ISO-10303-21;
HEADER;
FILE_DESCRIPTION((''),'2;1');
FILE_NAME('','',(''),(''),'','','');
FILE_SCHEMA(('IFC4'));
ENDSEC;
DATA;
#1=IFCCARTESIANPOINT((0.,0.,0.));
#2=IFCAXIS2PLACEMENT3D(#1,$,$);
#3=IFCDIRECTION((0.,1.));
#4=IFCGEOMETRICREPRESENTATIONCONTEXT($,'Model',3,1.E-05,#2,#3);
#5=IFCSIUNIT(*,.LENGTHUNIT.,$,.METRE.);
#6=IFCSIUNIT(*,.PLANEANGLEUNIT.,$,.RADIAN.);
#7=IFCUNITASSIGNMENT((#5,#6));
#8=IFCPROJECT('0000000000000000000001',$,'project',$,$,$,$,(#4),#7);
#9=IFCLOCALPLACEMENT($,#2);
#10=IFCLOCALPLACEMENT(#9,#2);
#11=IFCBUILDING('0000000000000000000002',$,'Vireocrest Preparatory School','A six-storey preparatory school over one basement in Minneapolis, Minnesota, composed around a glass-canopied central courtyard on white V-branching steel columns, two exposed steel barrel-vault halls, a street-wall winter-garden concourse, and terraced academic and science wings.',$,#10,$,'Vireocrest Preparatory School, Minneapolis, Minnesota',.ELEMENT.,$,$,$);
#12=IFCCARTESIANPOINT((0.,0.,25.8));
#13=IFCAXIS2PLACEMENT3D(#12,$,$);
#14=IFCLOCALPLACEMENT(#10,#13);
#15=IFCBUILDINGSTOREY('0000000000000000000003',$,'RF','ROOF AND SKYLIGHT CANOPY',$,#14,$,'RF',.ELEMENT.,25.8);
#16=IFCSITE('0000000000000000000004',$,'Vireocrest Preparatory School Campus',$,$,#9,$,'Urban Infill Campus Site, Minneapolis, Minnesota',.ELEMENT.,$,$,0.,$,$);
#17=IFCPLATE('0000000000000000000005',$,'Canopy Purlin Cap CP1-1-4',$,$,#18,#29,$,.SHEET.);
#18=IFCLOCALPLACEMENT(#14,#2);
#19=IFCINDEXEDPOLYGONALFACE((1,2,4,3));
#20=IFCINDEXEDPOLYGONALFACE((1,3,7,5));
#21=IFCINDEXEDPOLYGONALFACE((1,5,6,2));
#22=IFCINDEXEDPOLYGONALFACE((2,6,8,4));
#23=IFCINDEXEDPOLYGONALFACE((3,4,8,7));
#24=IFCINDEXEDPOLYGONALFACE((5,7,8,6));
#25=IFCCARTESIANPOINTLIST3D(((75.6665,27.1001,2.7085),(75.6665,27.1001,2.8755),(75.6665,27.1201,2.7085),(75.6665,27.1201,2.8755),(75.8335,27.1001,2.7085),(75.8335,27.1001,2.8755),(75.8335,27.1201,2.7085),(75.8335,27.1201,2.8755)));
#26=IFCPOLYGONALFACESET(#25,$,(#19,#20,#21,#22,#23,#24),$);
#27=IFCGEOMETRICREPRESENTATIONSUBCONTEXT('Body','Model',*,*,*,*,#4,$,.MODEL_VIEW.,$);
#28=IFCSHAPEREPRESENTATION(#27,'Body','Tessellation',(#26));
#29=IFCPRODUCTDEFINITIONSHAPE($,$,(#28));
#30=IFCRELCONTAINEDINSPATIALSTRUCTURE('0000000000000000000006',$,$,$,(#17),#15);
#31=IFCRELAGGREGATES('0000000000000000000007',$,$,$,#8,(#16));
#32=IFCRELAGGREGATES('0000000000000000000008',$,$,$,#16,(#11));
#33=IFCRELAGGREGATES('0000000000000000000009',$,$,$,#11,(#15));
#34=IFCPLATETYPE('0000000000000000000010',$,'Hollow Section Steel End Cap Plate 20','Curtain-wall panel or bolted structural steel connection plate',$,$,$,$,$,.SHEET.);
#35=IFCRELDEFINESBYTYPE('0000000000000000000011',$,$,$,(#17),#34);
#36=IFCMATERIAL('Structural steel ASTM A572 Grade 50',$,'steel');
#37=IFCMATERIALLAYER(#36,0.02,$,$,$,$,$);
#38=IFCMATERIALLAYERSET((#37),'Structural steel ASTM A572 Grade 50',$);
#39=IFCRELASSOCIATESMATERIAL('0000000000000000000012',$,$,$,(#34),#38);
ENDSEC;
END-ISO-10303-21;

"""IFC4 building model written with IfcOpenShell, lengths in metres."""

from ifc_helpers import new_model, si_unit, direction, frame, origin, origin_2d, place, context, subcontext, project, spatial, rectangle, extrude, material, layer, layer_set, type_object, element, save


model = new_model("IFC4")

# Units and contexts
model_context = context("Model", 3, precision=1e-05, world=origin(), true_north=direction((0.0, 1.0)))
body_context = subcontext(model_context, "Body", "Model", "MODEL_VIEW")
ifc_project = project(units=[si_unit("LENGTHUNIT", "METRE"), si_unit("PLANEANGLEUNIT", "RADIAN")], contexts=[model_context])

# Site, building, storey
site_placement = place(None, origin())
site = spatial("IfcSite", under=ifc_project, at=site_placement, Name="Vireocrest Preparatory School Campus", LongName="Urban Infill Campus Site, Minneapolis, Minnesota", CompositionType="ELEMENT", RefElevation=0.0)
building_placement = place(site_placement, origin())
building = spatial("IfcBuilding", under=site, at=building_placement, Name="Vireocrest Preparatory School", Description="A six-storey preparatory school over one basement in Minneapolis, Minnesota, composed around a glass-canopied central courtyard on white V-branching steel columns, two exposed steel barrel-vault halls, a street-wall winter-garden concourse, and terraced academic and science wings.", LongName="Vireocrest Preparatory School, Minneapolis, Minnesota", CompositionType="ELEMENT")
storey_placement = place(building_placement, frame((0.0, 0.0, 25.8)))
storey = spatial("IfcBuildingStorey", under=building, at=storey_placement, Name="RF", Description="ROOF AND SKYLIGHT CANOPY", LongName="RF", CompositionType="ELEMENT", Elevation=25.8)

# Plate
ifc_material_1 = material(Name="Structural steel ASTM A572 Grade 50", Category="steel")
ifc_layer_1 = layer(ifc_material_1, 0.02)
ifc_layer_set_1 = layer_set([ifc_layer_1], Name="Structural steel ASTM A572 Grade 50")
plate_type = type_object("IfcPlateType", Name="Hollow Section Steel End Cap Plate 20", Description="Curtain-wall panel or bolted structural steel connection plate", PredefinedType="SHEET", material=ifc_layer_set_1)
for number, where, z_axis, x_axis, name in (
    (1, (75.75, 27.1101, 2.7085), (0.0, 0.0, 1.0), (1.0, 0.0, 0.0), "Canopy Purlin Cap CP1-1-4"),
):
    element("IfcPlate", number, at=place(storey_placement, frame(where, z_axis=z_axis, x_axis=x_axis)), inside=storey, type_object=plate_type, Name=name, PredefinedType="SHEET", context=body_context, shape_type="SweptSolid", body=[
        extrude(rectangle(XDim=0.167, YDim=0.02, at=origin_2d()), origin(), (0.0, 0.0, 1.0), 0.167),
    ])

save(model, "model.ifc")
